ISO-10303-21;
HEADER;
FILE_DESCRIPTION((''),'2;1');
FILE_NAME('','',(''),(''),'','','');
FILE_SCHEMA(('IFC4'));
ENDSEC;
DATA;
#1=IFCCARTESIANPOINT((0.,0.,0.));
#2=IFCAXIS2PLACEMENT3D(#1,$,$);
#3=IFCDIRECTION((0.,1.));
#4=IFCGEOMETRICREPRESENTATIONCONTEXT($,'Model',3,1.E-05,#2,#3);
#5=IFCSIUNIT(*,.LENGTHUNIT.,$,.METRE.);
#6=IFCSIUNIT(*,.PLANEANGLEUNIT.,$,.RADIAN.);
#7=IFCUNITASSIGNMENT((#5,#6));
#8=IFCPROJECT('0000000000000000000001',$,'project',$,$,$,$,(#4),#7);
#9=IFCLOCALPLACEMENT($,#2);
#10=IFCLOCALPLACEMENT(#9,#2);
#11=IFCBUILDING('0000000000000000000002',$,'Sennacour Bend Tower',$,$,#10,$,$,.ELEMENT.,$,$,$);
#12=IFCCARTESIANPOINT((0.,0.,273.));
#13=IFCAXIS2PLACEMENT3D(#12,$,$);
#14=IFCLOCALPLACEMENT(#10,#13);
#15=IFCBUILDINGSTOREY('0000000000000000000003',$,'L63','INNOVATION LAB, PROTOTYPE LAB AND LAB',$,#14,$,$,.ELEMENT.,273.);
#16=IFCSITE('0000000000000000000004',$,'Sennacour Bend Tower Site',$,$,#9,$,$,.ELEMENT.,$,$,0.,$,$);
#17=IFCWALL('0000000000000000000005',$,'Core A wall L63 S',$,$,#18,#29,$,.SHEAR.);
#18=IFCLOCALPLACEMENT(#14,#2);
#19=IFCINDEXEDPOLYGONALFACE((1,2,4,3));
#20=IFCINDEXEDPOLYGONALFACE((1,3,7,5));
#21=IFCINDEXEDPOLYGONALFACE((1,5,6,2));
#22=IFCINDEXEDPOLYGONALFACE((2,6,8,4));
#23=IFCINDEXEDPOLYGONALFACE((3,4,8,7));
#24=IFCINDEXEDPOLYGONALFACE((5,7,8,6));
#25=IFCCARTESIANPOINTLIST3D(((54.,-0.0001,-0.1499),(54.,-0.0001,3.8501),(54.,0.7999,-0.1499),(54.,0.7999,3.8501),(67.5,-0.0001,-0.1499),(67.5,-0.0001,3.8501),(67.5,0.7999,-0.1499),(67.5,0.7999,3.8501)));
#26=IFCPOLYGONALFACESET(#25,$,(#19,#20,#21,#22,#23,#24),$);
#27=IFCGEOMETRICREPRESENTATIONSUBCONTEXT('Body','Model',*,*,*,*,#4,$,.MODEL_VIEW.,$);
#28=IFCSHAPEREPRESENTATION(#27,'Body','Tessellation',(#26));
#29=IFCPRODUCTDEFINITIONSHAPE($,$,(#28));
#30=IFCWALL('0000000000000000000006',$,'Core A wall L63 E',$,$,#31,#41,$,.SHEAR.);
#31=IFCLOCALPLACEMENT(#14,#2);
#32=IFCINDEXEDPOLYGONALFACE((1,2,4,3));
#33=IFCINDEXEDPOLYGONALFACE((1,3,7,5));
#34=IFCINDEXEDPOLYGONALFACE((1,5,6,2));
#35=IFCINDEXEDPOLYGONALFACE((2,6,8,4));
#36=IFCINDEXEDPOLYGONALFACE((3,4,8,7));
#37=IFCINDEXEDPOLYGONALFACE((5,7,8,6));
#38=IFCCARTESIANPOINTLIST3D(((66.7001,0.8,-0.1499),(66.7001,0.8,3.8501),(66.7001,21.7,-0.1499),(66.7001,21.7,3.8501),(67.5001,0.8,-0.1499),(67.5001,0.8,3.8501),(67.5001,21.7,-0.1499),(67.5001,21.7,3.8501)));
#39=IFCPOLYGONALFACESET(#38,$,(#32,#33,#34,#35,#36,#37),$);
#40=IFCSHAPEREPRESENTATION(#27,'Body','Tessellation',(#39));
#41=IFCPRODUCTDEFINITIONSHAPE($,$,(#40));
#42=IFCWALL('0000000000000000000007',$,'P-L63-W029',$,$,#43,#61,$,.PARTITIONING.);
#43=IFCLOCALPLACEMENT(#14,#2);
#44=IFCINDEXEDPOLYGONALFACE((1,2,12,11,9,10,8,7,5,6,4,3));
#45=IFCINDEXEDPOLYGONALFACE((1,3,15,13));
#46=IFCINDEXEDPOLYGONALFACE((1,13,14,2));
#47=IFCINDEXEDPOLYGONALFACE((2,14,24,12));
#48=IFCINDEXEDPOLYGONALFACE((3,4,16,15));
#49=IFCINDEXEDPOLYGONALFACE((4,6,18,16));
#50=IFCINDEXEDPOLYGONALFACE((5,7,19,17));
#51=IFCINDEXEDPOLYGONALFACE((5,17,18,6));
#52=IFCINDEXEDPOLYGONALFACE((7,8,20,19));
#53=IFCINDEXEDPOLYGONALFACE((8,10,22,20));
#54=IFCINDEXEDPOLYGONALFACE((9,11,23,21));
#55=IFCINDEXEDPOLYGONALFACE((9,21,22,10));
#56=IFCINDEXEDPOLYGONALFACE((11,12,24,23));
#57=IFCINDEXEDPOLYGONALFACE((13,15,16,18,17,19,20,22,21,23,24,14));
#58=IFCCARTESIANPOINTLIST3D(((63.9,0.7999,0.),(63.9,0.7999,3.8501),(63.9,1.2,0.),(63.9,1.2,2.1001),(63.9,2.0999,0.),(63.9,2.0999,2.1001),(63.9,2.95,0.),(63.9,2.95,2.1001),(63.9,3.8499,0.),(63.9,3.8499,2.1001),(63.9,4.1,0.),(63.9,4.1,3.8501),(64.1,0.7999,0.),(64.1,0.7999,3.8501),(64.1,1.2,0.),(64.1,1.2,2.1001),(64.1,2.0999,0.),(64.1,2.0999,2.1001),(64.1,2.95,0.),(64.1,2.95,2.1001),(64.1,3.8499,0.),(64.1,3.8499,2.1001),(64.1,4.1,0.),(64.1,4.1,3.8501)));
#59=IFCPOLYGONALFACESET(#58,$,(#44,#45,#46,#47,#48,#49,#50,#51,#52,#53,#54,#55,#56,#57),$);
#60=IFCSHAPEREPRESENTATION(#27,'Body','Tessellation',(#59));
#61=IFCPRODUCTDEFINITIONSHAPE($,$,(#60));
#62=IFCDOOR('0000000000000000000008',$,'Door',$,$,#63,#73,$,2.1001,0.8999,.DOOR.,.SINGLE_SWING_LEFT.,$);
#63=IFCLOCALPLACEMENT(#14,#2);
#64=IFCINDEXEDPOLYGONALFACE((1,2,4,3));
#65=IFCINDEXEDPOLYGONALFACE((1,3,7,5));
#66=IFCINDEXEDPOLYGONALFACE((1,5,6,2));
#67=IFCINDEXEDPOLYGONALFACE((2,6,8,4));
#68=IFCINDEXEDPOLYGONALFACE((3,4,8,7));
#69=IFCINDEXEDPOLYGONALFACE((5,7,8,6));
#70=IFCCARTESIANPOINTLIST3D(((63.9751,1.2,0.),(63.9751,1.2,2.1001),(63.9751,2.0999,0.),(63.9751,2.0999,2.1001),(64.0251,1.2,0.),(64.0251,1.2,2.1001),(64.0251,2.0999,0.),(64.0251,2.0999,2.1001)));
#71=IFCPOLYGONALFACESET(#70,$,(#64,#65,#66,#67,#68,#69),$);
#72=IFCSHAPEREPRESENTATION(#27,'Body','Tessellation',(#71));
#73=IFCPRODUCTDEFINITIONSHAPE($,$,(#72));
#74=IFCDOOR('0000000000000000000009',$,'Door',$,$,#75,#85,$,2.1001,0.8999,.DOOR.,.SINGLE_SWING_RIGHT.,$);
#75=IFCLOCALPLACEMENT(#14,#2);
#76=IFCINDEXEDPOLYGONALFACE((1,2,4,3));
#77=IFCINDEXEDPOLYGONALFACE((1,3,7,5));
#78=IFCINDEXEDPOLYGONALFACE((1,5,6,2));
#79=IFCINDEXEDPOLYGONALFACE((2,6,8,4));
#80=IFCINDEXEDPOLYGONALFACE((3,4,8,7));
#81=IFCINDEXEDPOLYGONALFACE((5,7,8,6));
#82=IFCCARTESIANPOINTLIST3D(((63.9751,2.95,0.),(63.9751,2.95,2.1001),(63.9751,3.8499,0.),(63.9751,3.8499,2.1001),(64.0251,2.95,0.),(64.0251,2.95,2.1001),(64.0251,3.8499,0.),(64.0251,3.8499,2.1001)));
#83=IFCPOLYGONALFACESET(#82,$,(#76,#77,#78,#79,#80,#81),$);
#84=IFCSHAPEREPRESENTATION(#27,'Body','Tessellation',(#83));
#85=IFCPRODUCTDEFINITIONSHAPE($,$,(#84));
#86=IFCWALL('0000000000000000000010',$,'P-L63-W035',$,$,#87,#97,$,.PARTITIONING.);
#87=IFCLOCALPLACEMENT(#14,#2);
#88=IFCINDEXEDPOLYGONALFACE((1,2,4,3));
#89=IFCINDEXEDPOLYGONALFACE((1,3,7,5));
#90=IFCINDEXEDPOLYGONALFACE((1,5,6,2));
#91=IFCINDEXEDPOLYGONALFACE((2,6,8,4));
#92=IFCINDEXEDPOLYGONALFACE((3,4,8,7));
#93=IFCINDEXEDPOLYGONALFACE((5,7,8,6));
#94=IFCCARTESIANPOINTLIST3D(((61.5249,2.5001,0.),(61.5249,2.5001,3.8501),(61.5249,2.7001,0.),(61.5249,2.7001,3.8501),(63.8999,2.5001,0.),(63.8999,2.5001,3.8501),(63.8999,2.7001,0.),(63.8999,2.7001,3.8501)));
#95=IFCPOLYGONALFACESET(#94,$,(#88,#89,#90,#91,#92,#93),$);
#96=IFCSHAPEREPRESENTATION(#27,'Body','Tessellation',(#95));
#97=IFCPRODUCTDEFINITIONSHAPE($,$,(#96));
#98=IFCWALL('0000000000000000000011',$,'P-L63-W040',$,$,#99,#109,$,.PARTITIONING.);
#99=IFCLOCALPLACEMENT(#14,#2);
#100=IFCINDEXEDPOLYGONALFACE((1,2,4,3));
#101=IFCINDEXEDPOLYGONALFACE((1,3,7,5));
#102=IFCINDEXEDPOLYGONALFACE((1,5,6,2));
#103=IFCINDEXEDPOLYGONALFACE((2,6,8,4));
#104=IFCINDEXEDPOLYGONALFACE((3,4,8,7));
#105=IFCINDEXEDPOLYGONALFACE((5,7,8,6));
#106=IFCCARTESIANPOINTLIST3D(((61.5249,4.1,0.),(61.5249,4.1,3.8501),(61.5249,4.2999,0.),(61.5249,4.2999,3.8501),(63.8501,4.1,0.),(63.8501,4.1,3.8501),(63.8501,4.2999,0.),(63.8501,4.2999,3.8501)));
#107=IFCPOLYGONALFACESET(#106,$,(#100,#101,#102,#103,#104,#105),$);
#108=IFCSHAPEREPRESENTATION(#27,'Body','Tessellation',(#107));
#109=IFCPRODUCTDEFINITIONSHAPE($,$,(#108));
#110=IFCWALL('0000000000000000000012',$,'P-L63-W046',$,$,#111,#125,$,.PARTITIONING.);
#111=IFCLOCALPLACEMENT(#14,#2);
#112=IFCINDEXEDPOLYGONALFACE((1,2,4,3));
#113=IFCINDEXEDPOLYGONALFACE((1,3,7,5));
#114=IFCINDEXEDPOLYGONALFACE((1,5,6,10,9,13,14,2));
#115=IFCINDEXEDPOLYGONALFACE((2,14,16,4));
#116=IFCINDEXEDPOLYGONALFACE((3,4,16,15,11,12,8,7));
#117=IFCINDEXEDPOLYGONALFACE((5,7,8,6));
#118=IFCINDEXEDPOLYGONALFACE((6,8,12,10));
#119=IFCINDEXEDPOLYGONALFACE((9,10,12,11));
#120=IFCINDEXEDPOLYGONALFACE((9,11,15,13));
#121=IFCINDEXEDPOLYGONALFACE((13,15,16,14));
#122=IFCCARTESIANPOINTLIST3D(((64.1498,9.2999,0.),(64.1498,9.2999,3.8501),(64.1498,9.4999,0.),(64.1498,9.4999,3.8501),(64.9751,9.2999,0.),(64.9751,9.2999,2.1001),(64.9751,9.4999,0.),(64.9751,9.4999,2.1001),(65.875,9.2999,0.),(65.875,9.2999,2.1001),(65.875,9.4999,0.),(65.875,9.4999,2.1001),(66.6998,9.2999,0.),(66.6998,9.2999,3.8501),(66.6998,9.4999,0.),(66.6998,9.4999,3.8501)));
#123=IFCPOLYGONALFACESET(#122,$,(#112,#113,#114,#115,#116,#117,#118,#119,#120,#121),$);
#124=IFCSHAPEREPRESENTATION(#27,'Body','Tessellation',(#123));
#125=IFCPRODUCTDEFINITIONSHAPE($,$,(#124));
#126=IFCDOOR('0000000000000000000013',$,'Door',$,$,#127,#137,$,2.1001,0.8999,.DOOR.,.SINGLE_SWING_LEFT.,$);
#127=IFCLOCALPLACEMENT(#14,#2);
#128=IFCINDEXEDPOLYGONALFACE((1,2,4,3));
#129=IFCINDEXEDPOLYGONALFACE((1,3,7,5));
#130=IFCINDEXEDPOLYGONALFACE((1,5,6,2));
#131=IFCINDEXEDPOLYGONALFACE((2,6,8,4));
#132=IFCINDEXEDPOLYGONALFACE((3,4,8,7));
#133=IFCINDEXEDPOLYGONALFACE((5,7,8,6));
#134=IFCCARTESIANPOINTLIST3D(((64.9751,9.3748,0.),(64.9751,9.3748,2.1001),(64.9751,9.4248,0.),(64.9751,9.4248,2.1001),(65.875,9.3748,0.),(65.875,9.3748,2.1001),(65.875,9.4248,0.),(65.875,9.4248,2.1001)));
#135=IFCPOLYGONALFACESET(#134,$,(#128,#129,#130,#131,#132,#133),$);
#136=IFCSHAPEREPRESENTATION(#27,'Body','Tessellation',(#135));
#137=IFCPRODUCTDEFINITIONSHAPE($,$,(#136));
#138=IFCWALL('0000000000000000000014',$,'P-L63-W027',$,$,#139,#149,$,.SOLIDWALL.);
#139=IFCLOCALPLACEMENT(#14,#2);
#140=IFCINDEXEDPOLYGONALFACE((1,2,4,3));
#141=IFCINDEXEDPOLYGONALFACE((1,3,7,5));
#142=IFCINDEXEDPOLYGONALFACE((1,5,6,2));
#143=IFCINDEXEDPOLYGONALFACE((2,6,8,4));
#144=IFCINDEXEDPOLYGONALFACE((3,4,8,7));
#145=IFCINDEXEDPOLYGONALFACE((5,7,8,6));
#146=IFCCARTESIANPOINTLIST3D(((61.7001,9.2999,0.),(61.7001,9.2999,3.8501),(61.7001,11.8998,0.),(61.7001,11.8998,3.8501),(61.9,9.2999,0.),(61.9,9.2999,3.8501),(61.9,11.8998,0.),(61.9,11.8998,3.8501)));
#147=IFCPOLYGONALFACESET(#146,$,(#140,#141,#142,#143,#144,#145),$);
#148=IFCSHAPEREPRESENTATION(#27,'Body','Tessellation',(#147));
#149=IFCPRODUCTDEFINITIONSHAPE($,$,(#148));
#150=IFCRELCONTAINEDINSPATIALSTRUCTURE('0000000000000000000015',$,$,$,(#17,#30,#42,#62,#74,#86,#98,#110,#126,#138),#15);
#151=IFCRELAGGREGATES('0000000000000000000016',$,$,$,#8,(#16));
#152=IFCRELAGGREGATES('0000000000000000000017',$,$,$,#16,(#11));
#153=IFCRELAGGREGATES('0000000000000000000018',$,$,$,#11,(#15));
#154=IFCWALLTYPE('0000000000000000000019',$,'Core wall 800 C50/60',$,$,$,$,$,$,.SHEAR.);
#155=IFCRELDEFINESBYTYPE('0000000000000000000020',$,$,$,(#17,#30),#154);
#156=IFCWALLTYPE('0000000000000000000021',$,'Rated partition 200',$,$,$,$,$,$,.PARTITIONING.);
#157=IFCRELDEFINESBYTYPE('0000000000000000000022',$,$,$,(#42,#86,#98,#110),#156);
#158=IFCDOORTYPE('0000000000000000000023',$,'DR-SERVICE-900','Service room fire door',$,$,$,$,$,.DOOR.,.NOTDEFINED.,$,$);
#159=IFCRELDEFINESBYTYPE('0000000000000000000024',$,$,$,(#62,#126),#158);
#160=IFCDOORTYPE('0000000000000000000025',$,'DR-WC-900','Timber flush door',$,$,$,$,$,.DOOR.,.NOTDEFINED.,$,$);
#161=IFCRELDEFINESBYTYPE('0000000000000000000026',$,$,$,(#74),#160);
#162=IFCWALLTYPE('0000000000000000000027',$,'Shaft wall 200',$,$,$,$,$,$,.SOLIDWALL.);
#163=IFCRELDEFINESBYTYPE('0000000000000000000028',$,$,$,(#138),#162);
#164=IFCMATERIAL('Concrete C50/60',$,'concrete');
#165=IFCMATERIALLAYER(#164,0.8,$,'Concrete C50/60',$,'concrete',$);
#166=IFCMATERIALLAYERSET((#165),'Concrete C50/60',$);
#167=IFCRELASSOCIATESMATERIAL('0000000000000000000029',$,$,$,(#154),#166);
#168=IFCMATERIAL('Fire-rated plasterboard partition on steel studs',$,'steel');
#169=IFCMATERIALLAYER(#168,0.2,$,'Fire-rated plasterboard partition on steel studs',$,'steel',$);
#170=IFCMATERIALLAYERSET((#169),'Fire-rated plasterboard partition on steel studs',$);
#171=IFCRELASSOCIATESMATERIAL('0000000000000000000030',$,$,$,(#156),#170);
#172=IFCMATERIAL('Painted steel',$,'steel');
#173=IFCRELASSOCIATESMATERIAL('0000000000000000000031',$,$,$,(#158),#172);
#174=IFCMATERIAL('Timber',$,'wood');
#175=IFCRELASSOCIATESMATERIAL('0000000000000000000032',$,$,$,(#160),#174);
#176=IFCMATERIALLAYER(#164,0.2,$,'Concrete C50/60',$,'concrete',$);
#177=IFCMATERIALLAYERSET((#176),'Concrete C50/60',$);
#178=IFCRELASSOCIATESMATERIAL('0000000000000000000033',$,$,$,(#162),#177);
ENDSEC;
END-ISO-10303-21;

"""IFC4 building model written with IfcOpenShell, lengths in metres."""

from ifc_helpers import new_model, si_unit, direction, frame, frame_2d, origin, place, context, subcontext, project, spatial, rectangle, extrude, material, layer, layer_set, type_object, element, fill, save


model = new_model("IFC4")

# Units and contexts
model_context = context("Model", 3, precision=1e-05, world=origin(), true_north=direction((0.0, 1.0)))
body_context = subcontext(model_context, "Body", "Model", "MODEL_VIEW")
ifc_project = project(units=[si_unit("LENGTHUNIT", "METRE"), si_unit("PLANEANGLEUNIT", "RADIAN")], contexts=[model_context])

# Site, building, storey
site_placement = place(None, origin())
site = spatial("IfcSite", under=ifc_project, at=site_placement, Name="Sennacour Bend Tower Site", CompositionType="ELEMENT", RefElevation=0.0)
building_placement = place(site_placement, origin())
building = spatial("IfcBuilding", under=site, at=building_placement, Name="Sennacour Bend Tower", CompositionType="ELEMENT")
storey_placement = place(building_placement, frame((0.0, 0.0, 273.0)))
storey = spatial("IfcBuildingStorey", under=building, at=storey_placement, Name="L63", Description="INNOVATION LAB, PROTOTYPE LAB AND LAB", CompositionType="ELEMENT", Elevation=273.0)

# Walls
ifc_material_1 = material(Name="Concrete C50/60", Category="concrete")
ifc_layer_1 = layer(ifc_material_1, 0.8, Name="Concrete C50/60", Category="concrete")
ifc_layer_set_1 = layer_set([ifc_layer_1], Name="Concrete C50/60")
wall_type_1 = type_object("IfcWallType", Name="Core wall 800 C50/60", PredefinedType="SHEAR", material=ifc_layer_set_1)
wall_1_placement = place(storey_placement, frame((67.5, 0.3999, -0.1499), z_axis=(0.0, 0.0, 1.0), x_axis=(-1.0, 0.0, 0.0)))
element("IfcWall", 1, at=wall_1_placement, inside=storey, type_object=wall_type_1, Name="Core A wall L63 S", PredefinedType="SHEAR", context=body_context, shape_type="SweptSolid", body=[
    extrude(rectangle(XDim=13.5, YDim=0.8, at=frame_2d((6.75, 0.0))), origin(), (0.0, 0.0, 1.0), 4.0),
])
wall_2_placement = place(storey_placement, frame((67.1001, 0.8, -0.1499), z_axis=(0.0, 0.0, 1.0), x_axis=(0.0, 1.0, 0.0)))
element("IfcWall", 2, at=wall_2_placement, inside=storey, type_object=wall_type_1, Name="Core A wall L63 E", PredefinedType="SHEAR", context=body_context, shape_type="SweptSolid", body=[
    extrude(rectangle(XDim=20.8999, YDim=0.8, at=frame_2d((10.45, 0.0))), origin(), (0.0, 0.0, 1.0), 4.0),
])

# Wall, openings, doors
ifc_material_2 = material(Name="Fire-rated plasterboard partition on steel studs", Category="steel")
ifc_layer_2 = layer(ifc_material_2, 0.2, Name="Fire-rated plasterboard partition on steel studs", Category="steel")
ifc_layer_set_2 = layer_set([ifc_layer_2], Name="Fire-rated plasterboard partition on steel studs")
wall_type_2 = type_object("IfcWallType", Name="Rated partition 200", PredefinedType="PARTITIONING", material=ifc_layer_set_2)
wall_3_placement = place(storey_placement, frame((64.0, 0.8, 0.0), z_axis=(0.0, 0.0, 1.0), x_axis=(0.0, 1.0, 0.0)))
wall_3 = element("IfcWall", 3, at=wall_3_placement, inside=storey, type_object=wall_type_2, Name="P-L63-W029", PredefinedType="PARTITIONING", context=body_context, shape_type="SweptSolid", body=[
    extrude(rectangle(XDim=3.3, YDim=0.2, at=frame_2d((1.6499, 0.0))), origin(), (0.0, 0.0, 1.0), 3.8501),
])
opening_1_placement = place(wall_3_placement, frame((0.3999, 0.0, 0.0)))
opening_1 = element("IfcOpeningElement", 4, at=opening_1_placement, cuts=wall_3, PredefinedType="OPENING", context=body_context, shape_type="SweptSolid", body=[
    extrude(rectangle(XDim=0.8999, YDim=2.1001, at=frame_2d((0.45, 1.05))), frame((0.0, 0.1099, 0.0), z_axis=(0.0, -1.0, 0.0), x_axis=(1.0, 0.0, 0.0)), (0.0, 0.0, 1.0), 0.22),
])
opening_2_placement = place(wall_3_placement, frame((2.1499, 0.0, 0.0)))
opening_2 = element("IfcOpeningElement", 5, at=opening_2_placement, cuts=wall_3, PredefinedType="OPENING", context=body_context, shape_type="SweptSolid", body=[
    extrude(rectangle(XDim=0.8999, YDim=2.1001, at=frame_2d((0.45, 1.05))), frame((0.0, 0.1099, 0.0), z_axis=(0.0, -1.0, 0.0), x_axis=(1.0, 0.0, 0.0)), (0.0, 0.0, 1.0), 0.22),
])
ifc_material_3 = material(Name="Painted steel", Category="steel")
door_type_1 = type_object("IfcDoorType", Name="DR-SERVICE-900", Description="Service room fire door", OperationType="NOTDEFINED", PredefinedType="DOOR", material=ifc_material_3)
door_1_placement = place(opening_1_placement, origin())
door_1 = element("IfcDoor", 6, at=door_1_placement, inside=storey, type_object=door_type_1, Name="Door", OperationType="SINGLE_SWING_LEFT", OverallHeight=2.1001, OverallWidth=0.8999, PredefinedType="DOOR", context=body_context, shape_type="SweptSolid", body=[
    extrude(rectangle(XDim=0.8999, YDim=2.1001, at=frame_2d((0.45, 1.05))), frame((0.0, 0.0249, 0.0), z_axis=(0.0, -1.0, 0.0), x_axis=(1.0, 0.0, 0.0)), (0.0, 0.0, 1.0), 0.05),
])
fill(opening_1, door_1)
ifc_material_4 = material(Name="Timber", Category="wood")
door_type_2 = type_object("IfcDoorType", Name="DR-WC-900", Description="Timber flush door", OperationType="NOTDEFINED", PredefinedType="DOOR", material=ifc_material_4)
door_2_placement = place(opening_2_placement, origin())
door_2 = element("IfcDoor", 7, at=door_2_placement, inside=storey, type_object=door_type_2, Name="Door", OperationType="SINGLE_SWING_RIGHT", OverallHeight=2.1001, OverallWidth=0.8999, PredefinedType="DOOR", context=body_context, shape_type="SweptSolid", body=[
    extrude(rectangle(XDim=0.8999, YDim=2.1001, at=frame_2d((0.45, 1.05))), frame((0.0, 0.0249, 0.0), z_axis=(0.0, -1.0, 0.0), x_axis=(1.0, 0.0, 0.0)), (0.0, 0.0, 1.0), 0.05),
])
fill(opening_2, door_2)

# Walls
wall_4_placement = place(storey_placement, frame((61.5249, 2.6001, 0.0), z_axis=(0.0, 0.0, 1.0), x_axis=(1.0, 0.0, 0.0)))
element("IfcWall", 8, at=wall_4_placement, inside=storey, type_object=wall_type_2, Name="P-L63-W035", PredefinedType="PARTITIONING", context=body_context, shape_type="SweptSolid", body=[
    extrude(rectangle(XDim=2.375, YDim=0.2, at=frame_2d((1.1875, 0.0))), origin(), (0.0, 0.0, 1.0), 3.8501),
])
wall_5_placement = place(storey_placement, frame((61.5249, 4.2, 0.0), z_axis=(0.0, 0.0, 1.0), x_axis=(1.0, 0.0, 0.0)))
element("IfcWall", 9, at=wall_5_placement, inside=storey, type_object=wall_type_2, Name="P-L63-W040", PredefinedType="PARTITIONING", context=body_context, shape_type="SweptSolid", body=[
    extrude(rectangle(XDim=2.3252, YDim=0.2, at=frame_2d((1.1626, 0.0))), origin(), (0.0, 0.0, 1.0), 3.8501),
])

# Wall, opening, door
wall_6_placement = place(storey_placement, frame((64.1499, 9.3999, 0.0), z_axis=(0.0, 0.0, 1.0), x_axis=(1.0, 0.0, 0.0)))
wall_6 = element("IfcWall", 10, at=wall_6_placement, inside=storey, type_object=wall_type_2, Name="P-L63-W046", PredefinedType="PARTITIONING", context=body_context, shape_type="SweptSolid", body=[
    extrude(rectangle(XDim=2.55, YDim=0.2, at=frame_2d((1.2749, 0.0))), origin(), (0.0, 0.0, 1.0), 3.8501),
])
opening_3_placement = place(wall_6_placement, frame((0.8252, 0.0, 0.0)))
opening_3 = element("IfcOpeningElement", 11, at=opening_3_placement, cuts=wall_6, PredefinedType="OPENING", context=body_context, shape_type="SweptSolid", body=[
    extrude(rectangle(XDim=0.8999, YDim=2.1001, at=frame_2d((0.45, 1.05))), frame((0.0, 0.1099, 0.0), z_axis=(0.0, -1.0, 0.0), x_axis=(1.0, 0.0, 0.0)), (0.0, 0.0, 1.0), 0.22),
])
door_3_placement = place(opening_3_placement, origin())
door_3 = element("IfcDoor", 12, at=door_3_placement, inside=storey, type_object=door_type_1, Name="Door", OperationType="SINGLE_SWING_LEFT", OverallHeight=2.1001, OverallWidth=0.8999, PredefinedType="DOOR", context=body_context, shape_type="SweptSolid", body=[
    extrude(rectangle(XDim=0.8999, YDim=2.1001, at=frame_2d((0.45, 1.05))), frame((0.0, 0.0249, 0.0), z_axis=(0.0, -1.0, 0.0), x_axis=(1.0, 0.0, 0.0)), (0.0, 0.0, 1.0), 0.05),
])
fill(opening_3, door_3)

# Wall
ifc_layer_3 = layer(ifc_material_1, 0.2, Name="Concrete C50/60", Category="concrete")
ifc_layer_set_3 = layer_set([ifc_layer_3], Name="Concrete C50/60")
wall_type_3 = type_object("IfcWallType", Name="Shaft wall 200", PredefinedType="SOLIDWALL", material=ifc_layer_set_3)
wall_7_placement = place(storey_placement, frame((61.8, 9.3, 0.0), z_axis=(0.0, 0.0, 1.0), x_axis=(0.0, 1.0, 0.0)))
element("IfcWall", 13, at=wall_7_placement, inside=storey, type_object=wall_type_3, Name="P-L63-W027", PredefinedType="SOLIDWALL", context=body_context, shape_type="SweptSolid", body=[
    extrude(rectangle(XDim=2.5999, YDim=0.2, at=frame_2d((1.2998, 0.0))), origin(), (0.0, 0.0, 1.0), 3.8501),
])

save(model, "model.ifc")
